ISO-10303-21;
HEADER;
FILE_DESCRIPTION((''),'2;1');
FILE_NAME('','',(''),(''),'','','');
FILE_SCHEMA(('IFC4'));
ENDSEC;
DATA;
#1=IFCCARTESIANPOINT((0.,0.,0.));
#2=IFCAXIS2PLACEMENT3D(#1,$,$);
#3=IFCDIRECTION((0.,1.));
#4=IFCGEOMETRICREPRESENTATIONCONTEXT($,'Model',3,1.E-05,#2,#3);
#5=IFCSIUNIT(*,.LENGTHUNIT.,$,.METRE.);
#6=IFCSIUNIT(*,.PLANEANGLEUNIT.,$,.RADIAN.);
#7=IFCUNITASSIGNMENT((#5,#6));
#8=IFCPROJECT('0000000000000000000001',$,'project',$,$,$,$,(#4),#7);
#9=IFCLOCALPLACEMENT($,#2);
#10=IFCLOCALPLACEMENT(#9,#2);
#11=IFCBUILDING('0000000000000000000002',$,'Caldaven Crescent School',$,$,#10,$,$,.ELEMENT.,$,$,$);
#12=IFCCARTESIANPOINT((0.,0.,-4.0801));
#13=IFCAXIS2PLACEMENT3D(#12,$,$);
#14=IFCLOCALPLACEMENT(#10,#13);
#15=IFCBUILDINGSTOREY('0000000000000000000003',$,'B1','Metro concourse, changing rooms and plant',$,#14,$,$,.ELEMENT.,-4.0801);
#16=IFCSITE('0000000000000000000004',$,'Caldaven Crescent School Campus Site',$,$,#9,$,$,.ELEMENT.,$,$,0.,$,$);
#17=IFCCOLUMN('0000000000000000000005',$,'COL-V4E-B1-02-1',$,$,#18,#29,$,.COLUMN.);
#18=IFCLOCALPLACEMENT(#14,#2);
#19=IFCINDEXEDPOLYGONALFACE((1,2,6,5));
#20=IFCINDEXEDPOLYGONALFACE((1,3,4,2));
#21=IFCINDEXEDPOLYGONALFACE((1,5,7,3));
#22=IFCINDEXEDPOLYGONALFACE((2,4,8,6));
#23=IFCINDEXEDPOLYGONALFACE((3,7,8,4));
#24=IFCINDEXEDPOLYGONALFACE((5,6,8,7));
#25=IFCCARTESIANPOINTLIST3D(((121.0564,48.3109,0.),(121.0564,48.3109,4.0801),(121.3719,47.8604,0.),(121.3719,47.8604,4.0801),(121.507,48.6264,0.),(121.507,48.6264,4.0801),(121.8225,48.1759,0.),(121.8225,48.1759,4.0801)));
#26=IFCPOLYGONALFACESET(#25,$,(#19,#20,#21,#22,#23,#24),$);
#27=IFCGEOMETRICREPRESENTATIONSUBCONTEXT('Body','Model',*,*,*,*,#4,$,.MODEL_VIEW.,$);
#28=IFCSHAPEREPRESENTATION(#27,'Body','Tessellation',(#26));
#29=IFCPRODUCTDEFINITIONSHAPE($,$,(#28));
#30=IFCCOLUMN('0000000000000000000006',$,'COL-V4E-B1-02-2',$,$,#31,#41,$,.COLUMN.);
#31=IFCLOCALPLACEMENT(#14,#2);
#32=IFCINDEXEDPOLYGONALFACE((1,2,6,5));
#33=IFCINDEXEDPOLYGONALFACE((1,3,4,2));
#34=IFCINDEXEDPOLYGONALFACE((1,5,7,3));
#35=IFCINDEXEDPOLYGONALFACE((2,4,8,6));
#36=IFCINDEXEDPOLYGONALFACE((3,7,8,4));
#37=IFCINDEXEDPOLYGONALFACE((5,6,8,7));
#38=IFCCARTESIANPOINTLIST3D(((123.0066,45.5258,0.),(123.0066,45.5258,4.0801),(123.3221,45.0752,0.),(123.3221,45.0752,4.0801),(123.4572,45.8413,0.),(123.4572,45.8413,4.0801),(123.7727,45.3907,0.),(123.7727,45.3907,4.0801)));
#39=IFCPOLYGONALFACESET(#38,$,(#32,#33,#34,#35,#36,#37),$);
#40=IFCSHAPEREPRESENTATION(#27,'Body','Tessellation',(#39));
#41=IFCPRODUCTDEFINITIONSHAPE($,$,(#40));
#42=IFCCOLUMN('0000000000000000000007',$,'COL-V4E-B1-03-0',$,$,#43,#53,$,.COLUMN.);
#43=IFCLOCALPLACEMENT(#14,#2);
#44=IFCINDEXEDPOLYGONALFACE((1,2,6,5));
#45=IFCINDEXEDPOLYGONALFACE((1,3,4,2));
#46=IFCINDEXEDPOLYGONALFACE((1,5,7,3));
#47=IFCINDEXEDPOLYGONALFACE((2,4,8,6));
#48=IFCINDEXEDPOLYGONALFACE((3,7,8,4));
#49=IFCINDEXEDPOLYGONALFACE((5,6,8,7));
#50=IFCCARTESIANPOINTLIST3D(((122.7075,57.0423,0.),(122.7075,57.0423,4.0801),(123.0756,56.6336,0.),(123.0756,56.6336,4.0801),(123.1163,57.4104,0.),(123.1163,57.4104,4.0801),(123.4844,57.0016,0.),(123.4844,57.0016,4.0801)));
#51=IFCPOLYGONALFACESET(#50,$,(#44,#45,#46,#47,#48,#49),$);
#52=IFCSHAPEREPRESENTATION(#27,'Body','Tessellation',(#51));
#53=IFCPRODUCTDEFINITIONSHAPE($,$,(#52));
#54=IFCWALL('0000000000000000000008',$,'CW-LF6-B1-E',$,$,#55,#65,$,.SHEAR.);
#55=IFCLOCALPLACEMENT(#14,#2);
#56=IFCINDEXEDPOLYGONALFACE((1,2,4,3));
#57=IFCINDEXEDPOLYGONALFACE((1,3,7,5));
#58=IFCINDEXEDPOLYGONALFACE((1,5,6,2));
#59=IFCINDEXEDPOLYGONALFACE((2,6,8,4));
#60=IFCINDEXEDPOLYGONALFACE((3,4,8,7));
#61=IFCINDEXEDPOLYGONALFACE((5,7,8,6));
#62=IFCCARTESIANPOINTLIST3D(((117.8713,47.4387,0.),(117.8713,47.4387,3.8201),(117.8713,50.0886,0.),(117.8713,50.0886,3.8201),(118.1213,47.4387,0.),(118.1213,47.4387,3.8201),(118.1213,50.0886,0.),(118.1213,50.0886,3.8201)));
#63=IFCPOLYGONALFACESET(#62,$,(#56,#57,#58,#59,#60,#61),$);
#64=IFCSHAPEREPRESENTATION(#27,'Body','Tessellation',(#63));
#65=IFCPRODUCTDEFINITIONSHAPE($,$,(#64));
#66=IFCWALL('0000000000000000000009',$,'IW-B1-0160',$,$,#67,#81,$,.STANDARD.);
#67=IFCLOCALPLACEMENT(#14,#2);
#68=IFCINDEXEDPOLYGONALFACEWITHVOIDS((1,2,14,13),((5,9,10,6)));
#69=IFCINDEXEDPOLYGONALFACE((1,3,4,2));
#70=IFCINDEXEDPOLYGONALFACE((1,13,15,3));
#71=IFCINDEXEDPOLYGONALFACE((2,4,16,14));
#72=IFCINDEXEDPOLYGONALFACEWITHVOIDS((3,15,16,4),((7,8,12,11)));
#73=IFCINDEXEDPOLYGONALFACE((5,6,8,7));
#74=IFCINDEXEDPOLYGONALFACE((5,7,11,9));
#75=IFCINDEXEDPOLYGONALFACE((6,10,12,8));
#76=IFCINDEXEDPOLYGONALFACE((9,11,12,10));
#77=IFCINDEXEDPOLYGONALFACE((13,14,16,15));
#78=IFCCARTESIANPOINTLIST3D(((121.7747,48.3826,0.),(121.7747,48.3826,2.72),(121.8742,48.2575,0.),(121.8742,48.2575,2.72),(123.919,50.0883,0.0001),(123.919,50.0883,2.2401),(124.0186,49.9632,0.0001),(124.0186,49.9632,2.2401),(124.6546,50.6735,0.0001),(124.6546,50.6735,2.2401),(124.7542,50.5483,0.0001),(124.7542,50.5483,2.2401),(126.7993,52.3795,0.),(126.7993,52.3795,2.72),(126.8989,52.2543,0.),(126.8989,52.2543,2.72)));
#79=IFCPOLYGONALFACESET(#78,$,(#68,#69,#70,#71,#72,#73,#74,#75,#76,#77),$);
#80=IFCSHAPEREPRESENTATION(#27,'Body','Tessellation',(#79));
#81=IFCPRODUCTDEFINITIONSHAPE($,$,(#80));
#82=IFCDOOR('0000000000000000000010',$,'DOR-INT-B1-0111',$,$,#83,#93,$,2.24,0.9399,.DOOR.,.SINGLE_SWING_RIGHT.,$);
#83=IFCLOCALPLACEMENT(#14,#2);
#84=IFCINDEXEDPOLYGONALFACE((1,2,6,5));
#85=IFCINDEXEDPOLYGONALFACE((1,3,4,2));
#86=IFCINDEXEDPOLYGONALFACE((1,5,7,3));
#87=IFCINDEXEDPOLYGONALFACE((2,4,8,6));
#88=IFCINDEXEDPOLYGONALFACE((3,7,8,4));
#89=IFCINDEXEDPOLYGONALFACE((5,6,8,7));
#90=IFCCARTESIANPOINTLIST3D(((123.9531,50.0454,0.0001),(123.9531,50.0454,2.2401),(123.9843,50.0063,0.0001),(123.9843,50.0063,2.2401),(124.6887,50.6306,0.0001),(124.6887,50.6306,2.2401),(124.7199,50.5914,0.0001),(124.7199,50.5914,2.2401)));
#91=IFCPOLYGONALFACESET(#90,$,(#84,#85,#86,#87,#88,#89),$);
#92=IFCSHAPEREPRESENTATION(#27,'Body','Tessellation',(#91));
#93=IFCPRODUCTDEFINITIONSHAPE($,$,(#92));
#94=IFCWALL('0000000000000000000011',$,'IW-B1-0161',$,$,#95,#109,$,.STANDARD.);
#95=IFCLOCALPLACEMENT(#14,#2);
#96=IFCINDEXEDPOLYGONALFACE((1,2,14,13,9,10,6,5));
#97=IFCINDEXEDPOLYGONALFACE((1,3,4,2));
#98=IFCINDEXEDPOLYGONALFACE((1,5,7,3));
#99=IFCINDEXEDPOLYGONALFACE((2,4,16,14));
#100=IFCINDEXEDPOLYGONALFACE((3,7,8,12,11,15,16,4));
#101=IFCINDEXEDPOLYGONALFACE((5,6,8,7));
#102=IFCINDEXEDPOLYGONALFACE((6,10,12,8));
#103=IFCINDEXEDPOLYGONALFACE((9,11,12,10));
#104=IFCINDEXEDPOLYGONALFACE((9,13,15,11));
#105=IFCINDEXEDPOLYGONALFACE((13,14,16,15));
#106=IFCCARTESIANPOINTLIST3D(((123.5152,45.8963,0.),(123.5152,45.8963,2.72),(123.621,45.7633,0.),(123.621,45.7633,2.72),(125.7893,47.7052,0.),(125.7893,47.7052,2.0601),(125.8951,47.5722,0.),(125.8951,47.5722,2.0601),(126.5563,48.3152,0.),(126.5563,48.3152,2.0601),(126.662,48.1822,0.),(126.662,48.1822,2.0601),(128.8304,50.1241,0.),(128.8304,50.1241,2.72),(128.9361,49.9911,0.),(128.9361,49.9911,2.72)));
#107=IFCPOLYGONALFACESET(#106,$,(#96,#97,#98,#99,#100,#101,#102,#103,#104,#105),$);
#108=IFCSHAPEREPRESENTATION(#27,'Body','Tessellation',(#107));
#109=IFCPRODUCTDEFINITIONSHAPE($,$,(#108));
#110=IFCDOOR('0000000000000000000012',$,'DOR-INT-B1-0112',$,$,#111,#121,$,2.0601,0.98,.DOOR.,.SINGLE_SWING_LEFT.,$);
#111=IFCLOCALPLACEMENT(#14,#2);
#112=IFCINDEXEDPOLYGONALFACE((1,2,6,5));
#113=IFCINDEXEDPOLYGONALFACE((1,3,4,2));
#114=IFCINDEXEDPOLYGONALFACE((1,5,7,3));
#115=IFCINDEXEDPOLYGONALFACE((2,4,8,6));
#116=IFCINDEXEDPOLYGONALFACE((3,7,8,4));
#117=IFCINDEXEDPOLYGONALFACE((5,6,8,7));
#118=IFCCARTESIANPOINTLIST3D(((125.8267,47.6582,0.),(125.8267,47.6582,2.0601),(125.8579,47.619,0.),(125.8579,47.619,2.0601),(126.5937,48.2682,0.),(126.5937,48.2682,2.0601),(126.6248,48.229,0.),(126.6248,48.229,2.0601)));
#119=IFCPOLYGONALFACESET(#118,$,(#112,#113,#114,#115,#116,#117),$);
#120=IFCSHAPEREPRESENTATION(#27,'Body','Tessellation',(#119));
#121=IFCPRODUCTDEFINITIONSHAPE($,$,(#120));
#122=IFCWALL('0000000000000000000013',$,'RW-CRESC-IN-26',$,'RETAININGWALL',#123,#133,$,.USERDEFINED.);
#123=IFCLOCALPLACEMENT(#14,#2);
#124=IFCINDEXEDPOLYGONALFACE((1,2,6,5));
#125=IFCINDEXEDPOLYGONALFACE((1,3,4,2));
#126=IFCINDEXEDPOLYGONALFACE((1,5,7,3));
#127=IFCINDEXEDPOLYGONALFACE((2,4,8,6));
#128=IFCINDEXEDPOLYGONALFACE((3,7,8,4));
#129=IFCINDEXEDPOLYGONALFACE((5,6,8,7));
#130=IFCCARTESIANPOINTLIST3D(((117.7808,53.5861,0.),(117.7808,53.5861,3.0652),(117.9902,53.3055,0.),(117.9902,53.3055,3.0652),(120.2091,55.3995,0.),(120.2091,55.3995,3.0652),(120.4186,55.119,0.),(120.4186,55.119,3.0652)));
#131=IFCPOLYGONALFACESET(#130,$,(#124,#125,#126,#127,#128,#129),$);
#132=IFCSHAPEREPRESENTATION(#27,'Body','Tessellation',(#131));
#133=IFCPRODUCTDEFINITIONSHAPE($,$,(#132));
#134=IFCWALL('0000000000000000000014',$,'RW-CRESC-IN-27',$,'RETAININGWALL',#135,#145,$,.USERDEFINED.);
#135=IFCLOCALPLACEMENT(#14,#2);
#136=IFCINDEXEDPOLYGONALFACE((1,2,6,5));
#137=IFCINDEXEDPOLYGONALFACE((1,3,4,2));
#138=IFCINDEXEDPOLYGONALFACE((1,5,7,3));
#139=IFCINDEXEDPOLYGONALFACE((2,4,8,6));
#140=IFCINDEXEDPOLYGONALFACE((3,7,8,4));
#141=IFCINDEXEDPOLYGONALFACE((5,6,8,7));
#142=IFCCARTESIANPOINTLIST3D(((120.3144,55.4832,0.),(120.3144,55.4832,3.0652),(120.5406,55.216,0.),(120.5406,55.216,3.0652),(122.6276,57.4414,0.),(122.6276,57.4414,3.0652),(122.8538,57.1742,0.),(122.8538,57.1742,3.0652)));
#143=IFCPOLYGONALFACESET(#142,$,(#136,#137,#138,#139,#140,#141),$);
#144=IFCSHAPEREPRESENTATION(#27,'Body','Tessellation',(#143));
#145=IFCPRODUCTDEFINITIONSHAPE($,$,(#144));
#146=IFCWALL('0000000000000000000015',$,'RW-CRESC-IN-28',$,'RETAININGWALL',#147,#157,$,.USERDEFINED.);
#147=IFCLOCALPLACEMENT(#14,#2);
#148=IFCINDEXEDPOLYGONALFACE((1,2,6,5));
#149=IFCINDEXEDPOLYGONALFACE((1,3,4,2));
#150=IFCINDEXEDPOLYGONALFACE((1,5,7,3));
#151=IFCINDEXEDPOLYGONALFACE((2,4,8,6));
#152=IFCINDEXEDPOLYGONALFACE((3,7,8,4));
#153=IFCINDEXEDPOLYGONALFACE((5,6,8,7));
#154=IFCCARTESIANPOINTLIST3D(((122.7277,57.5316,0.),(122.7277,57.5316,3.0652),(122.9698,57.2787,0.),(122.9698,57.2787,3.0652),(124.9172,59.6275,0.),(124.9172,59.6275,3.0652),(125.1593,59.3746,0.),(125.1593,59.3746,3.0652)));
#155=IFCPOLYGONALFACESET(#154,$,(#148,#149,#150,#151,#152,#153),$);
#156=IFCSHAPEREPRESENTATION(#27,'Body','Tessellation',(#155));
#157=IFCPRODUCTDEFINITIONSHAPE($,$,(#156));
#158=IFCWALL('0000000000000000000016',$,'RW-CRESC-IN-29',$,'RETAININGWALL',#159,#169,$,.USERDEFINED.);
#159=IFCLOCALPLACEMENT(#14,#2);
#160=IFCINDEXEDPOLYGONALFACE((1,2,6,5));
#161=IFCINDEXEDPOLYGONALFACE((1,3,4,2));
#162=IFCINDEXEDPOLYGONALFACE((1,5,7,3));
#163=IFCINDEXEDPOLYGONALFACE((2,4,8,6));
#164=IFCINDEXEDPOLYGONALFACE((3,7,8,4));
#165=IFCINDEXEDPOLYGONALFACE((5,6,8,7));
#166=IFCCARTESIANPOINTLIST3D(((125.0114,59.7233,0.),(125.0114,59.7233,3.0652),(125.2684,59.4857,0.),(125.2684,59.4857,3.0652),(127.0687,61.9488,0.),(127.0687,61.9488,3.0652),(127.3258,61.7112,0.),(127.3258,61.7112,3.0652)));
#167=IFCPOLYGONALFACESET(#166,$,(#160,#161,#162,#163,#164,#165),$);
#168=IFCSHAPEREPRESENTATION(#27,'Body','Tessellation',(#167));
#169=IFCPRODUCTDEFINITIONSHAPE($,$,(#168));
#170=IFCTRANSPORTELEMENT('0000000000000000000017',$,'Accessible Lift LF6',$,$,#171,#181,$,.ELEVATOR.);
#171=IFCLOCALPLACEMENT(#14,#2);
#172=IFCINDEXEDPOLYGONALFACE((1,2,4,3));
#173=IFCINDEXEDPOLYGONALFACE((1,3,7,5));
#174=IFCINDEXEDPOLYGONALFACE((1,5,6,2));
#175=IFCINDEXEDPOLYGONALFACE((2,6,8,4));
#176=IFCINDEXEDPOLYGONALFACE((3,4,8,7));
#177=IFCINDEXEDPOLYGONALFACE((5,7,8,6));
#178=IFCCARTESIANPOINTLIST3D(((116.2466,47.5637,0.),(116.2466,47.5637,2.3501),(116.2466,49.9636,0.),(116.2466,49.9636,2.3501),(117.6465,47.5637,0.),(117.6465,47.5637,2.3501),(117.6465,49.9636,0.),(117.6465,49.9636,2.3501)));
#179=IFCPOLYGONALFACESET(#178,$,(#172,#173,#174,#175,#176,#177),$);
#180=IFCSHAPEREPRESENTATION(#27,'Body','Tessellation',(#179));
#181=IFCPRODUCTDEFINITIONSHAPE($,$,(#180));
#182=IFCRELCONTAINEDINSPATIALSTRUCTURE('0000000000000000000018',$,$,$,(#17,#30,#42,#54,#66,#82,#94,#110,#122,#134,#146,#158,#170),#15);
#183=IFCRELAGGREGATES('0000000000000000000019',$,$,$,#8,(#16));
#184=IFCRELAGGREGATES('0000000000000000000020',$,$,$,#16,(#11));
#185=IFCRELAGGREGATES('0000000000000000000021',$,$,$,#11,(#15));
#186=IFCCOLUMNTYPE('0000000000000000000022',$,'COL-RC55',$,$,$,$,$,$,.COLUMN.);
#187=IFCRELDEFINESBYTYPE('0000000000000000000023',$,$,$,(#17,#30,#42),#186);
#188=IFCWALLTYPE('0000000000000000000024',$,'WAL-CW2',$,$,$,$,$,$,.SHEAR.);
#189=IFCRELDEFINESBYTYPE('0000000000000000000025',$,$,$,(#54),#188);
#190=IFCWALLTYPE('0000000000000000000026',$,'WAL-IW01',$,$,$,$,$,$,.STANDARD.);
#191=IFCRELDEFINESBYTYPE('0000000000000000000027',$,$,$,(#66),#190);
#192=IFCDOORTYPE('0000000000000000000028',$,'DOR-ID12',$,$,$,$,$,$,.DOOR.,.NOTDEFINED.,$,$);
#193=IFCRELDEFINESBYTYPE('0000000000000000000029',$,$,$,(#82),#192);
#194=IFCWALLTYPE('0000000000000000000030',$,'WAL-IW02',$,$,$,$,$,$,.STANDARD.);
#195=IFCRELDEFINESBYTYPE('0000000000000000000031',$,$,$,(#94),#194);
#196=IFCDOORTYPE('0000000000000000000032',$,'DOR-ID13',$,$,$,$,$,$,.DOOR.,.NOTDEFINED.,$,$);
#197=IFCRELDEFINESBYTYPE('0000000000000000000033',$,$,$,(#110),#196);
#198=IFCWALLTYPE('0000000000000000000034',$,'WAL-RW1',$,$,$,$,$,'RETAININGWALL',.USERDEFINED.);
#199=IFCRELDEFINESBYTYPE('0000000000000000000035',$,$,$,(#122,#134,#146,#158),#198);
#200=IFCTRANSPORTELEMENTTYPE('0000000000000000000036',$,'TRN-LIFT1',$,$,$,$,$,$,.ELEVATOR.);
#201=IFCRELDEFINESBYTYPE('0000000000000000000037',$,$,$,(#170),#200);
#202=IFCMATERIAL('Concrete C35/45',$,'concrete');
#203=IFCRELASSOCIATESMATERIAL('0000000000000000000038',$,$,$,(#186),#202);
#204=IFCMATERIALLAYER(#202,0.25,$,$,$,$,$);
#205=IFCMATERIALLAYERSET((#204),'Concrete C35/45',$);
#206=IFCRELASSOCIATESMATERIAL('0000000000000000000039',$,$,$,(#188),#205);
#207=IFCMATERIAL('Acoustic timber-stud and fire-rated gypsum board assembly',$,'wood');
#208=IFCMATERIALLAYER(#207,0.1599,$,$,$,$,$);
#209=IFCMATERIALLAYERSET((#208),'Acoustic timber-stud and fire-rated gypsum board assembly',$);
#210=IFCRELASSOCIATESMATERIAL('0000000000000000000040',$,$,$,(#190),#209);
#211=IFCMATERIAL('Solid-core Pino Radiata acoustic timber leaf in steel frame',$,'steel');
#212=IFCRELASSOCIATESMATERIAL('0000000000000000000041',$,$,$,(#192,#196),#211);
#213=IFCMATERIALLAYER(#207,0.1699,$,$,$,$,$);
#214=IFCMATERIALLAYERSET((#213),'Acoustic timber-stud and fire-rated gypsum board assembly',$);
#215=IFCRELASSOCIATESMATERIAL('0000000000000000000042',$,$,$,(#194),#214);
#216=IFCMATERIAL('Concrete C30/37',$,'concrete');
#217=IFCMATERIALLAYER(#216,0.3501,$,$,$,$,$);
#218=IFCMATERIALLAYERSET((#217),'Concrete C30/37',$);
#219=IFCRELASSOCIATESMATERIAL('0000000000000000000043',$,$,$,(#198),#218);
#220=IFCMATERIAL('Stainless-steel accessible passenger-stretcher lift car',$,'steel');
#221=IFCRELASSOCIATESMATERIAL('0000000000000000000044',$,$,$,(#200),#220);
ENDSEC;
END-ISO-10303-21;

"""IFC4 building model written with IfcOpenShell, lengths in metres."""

from ifc_helpers import new_model, si_unit, direction, frame, frame_2d, origin, origin_2d, place, context, subcontext, project, spatial, rectangle, extrude, material, layer, layer_set, material_profile, profile_set, type_object, element, fill, save


model = new_model("IFC4")

# Units and contexts
model_context = context("Model", 3, precision=1e-05, world=origin(), true_north=direction((0.0, 1.0)))
body_context = subcontext(model_context, "Body", "Model", "MODEL_VIEW")
ifc_project = project(units=[si_unit("LENGTHUNIT", "METRE"), si_unit("PLANEANGLEUNIT", "RADIAN")], contexts=[model_context])

# Site, building, storey
site_placement = place(None, origin())
site = spatial("IfcSite", under=ifc_project, at=site_placement, Name="Caldaven Crescent School Campus Site", CompositionType="ELEMENT", RefElevation=0.0)
building_placement = place(site_placement, origin())
building = spatial("IfcBuilding", under=site, at=building_placement, Name="Caldaven Crescent School", CompositionType="ELEMENT")
storey_placement = place(building_placement, frame((0.0, 0.0, -4.0801)))
storey = spatial("IfcBuildingStorey", under=building, at=storey_placement, Name="B1", Description="Metro concourse, changing rooms and plant", CompositionType="ELEMENT", Elevation=-4.0801)

# Shared definitions
ifc_material_1 = material(Name="Concrete C30/37", Category="concrete")
ifc_material_2 = material(Name="Concrete C35/45", Category="concrete")

# Columns
ifc_material_profile_1 = material_profile(ifc_material_2, rectangle(XDim=0.55, YDim=0.55, at=origin_2d()), Name="RC 550x550")
ifc_profile_set_1 = profile_set([ifc_material_profile_1], Name="Concrete C35/45")
column_type = type_object("IfcColumnType", Name="COL-RC55", PredefinedType="COLUMN", material=ifc_profile_set_1)
for number, where, z_axis, x_axis, name in (
    (1, (121.4395, 48.2434, 0.0), (0.0, 0.0, 1.0), (0.573576, -0.819152, 0.0), "COL-V4E-B1-02-1"),
    (2, (123.3896, 45.4583, 0.0), (0.0, 0.0, 1.0), (0.573576, -0.819152, 0.0), "COL-V4E-B1-02-2"),
    (3, (123.0959, 57.022, 0.0), (0.0, 0.0, 1.0), (0.669131, -0.743145, 0.0), "COL-V4E-B1-03-0"),
):
    element("IfcColumn", number, at=place(storey_placement, frame(where, z_axis=z_axis, x_axis=x_axis)), inside=storey, type_object=column_type, Name=name, PredefinedType="COLUMN", context=body_context, shape_type="SweptSolid", body=[
        extrude(rectangle(XDim=0.55, YDim=0.55, at=origin_2d()), origin(), (0.0, 0.0, 1.0), 4.0801),
    ])

# Wall
ifc_layer_1 = layer(ifc_material_2, 0.25)
ifc_layer_set_1 = layer_set([ifc_layer_1], Name="Concrete C35/45")
wall_type_1 = type_object("IfcWallType", Name="WAL-CW2", PredefinedType="SHEAR", material=ifc_layer_set_1)
wall_1_placement = place(storey_placement, frame((117.9963, 47.4387, 0.0), z_axis=(0.0, 0.0, 1.0), x_axis=(0.0, 1.0, 0.0)))
element("IfcWall", 4, at=wall_1_placement, inside=storey, type_object=wall_type_1, Name="CW-LF6-B1-E", PredefinedType="SHEAR", context=body_context, shape_type="SweptSolid", body=[
    extrude(rectangle(XDim=2.6499, YDim=0.25, at=frame_2d((1.325, 0.0))), origin(), (0.0, 0.0, 1.0), 3.8201),
])

# Walls, openings, doors
ifc_material_3 = material(Name="Acoustic timber-stud and fire-rated gypsum board assembly", Category="wood")
ifc_layer_2 = layer(ifc_material_3, 0.1599)
ifc_layer_set_2 = layer_set([ifc_layer_2], Name="Acoustic timber-stud and fire-rated gypsum board assembly")
wall_type_2 = type_object("IfcWallType", Name="WAL-IW01", PredefinedType="STANDARD", material=ifc_layer_set_2)
wall_2_placement = place(storey_placement, frame((121.8245, 48.3201, 0.0), z_axis=(0.0, 0.0, 1.0), x_axis=(0.782606, 0.622518, 0.0)))
wall_2 = element("IfcWall", 5, at=wall_2_placement, inside=storey, type_object=wall_type_2, Name="IW-B1-0160", PredefinedType="STANDARD", context=body_context, shape_type="SweptSolid", body=[
    extrude(rectangle(XDim=6.4204, YDim=0.1599, at=frame_2d((3.2102, 0.0))), origin(), (0.0, 0.0, 1.0), 2.72),
])
opening_1_placement = place(wall_2_placement, frame((2.74, 0.0, 0.0)))
opening_1 = element("IfcOpeningElement", 6, at=opening_1_placement, cuts=wall_2, PredefinedType="OPENING", context=body_context, shape_type="SweptSolid", body=[
    extrude(rectangle(XDim=0.9399, YDim=2.24, at=frame_2d((0.47, 1.1201))), frame((0.0, 0.0898, 0.0), z_axis=(0.0, -1.0, 0.0), x_axis=(1.0, 0.0, 0.0)), (0.0, 0.0, 1.0), 0.1799),
])
ifc_material_4 = material(Name="Solid-core Pino Radiata acoustic timber leaf in steel frame", Category="steel")
door_type_1 = type_object("IfcDoorType", Name="DOR-ID12", OperationType="NOTDEFINED", PredefinedType="DOOR", material=ifc_material_4)
door_1_placement = place(opening_1_placement, frame((0.9399, 0.0, 0.0), z_axis=(0.0, 0.0, 1.0), x_axis=(-1.0, 0.0, 0.0)))
door_1 = element("IfcDoor", 7, at=door_1_placement, inside=storey, type_object=door_type_1, Name="DOR-INT-B1-0111", OperationType="SINGLE_SWING_RIGHT", OverallHeight=2.24, OverallWidth=0.9399, PredefinedType="DOOR", context=body_context, shape_type="SweptSolid", body=[
    extrude(rectangle(XDim=0.9399, YDim=2.24, at=frame_2d((0.47, 1.1201))), frame((0.0, 0.0249, 0.0), z_axis=(0.0, -1.0, 0.0), x_axis=(1.0, 0.0, 0.0)), (0.0, 0.0, 1.0), 0.05),
])
fill(opening_1, door_1)
ifc_layer_3 = layer(ifc_material_3, 0.1699)
ifc_layer_set_3 = layer_set([ifc_layer_3], Name="Acoustic timber-stud and fire-rated gypsum board assembly")
wall_type_3 = type_object("IfcWallType", Name="WAL-IW02", PredefinedType="STANDARD", material=ifc_layer_set_3)
wall_3_placement = place(storey_placement, frame((123.5681, 45.8298, 0.0), z_axis=(0.0, 0.0, 1.0), x_axis=(0.782616, 0.622505, 0.0)))
wall_3 = element("IfcWall", 8, at=wall_3_placement, inside=storey, type_object=wall_type_3, Name="IW-B1-0161", PredefinedType="STANDARD", context=body_context, shape_type="SweptSolid", body=[
    extrude(rectangle(XDim=6.7915, YDim=0.1699, at=frame_2d((3.3958, 0.0))), origin(), (0.0, 0.0, 1.0), 2.72),
])
opening_2_placement = place(wall_3_placement, frame((2.9058, 0.0, 0.0)))
opening_2 = element("IfcOpeningElement", 9, at=opening_2_placement, cuts=wall_3, PredefinedType="OPENING", context=body_context, shape_type="SweptSolid", body=[
    extrude(rectangle(XDim=0.98, YDim=2.0601, at=frame_2d((0.49, 1.03))), frame((0.0, 0.095, 0.0), z_axis=(0.0, -1.0, 0.0), x_axis=(1.0, 0.0, 0.0)), (0.0, 0.0, 1.0), 0.1899),
])
door_type_2 = type_object("IfcDoorType", Name="DOR-ID13", OperationType="NOTDEFINED", PredefinedType="DOOR", material=ifc_material_4)
door_2_placement = place(opening_2_placement, origin())
door_2 = element("IfcDoor", 10, at=door_2_placement, inside=storey, type_object=door_type_2, Name="DOR-INT-B1-0112", OperationType="SINGLE_SWING_LEFT", OverallHeight=2.0601, OverallWidth=0.98, PredefinedType="DOOR", context=body_context, shape_type="SweptSolid", body=[
    extrude(rectangle(XDim=0.98, YDim=2.0601, at=frame_2d((0.49, 1.03))), frame((0.0, 0.0249, 0.0), z_axis=(0.0, -1.0, 0.0), x_axis=(1.0, 0.0, 0.0)), (0.0, 0.0, 1.0), 0.05),
])
fill(opening_2, door_2)

# Walls
ifc_layer_4 = layer(ifc_material_1, 0.3501)
ifc_layer_set_4 = layer_set([ifc_layer_4], Name="Concrete C30/37")
wall_type_4 = type_object("IfcWallType", Name="WAL-RW1", ElementType="RETAININGWALL", PredefinedType="USERDEFINED", material=ifc_layer_set_4)
for number, where, z_axis, x_axis, name in (
    (11, (117.8855, 53.4458, 0.0), (0.0, 0.0, 1.0), (0.801245, 0.598336, 0.0), "RW-CRESC-IN-26"),
    (12, (120.4275, 55.3496, 0.0), (0.0, 0.0, 1.0), (0.76324, 0.646116, 0.0), "RW-CRESC-IN-27"),
):
    element("IfcWall", number, at=place(storey_placement, frame(where, z_axis=z_axis, x_axis=x_axis)), inside=storey, type_object=wall_type_4, Name=name, ObjectType="RETAININGWALL", PredefinedType="USERDEFINED", context=body_context, shape_type="SweptSolid", body=[
        extrude(rectangle(XDim=3.0308, YDim=0.3501, at=frame_2d((1.5154, 0.0))), origin(), (0.0, 0.0, 1.0), 3.0652),
    ])
wall_4_placement = place(storey_placement, frame((122.8486, 57.405, 0.0), z_axis=(0.0, 0.0, 1.0), x_axis=(0.722364, 0.691513, 0.0)))
element("IfcWall", 13, at=wall_4_placement, inside=storey, type_object=wall_type_4, Name="RW-CRESC-IN-28", ObjectType="RETAININGWALL", PredefinedType="USERDEFINED", context=body_context, shape_type="SweptSolid", body=[
    extrude(rectangle(XDim=3.031, YDim=0.3501, at=frame_2d((1.5156, 0.0))), origin(), (0.0, 0.0, 1.0), 3.0652),
])
wall_5_placement = place(storey_placement, frame((125.1399, 59.6045, 0.0), z_axis=(0.0, 0.0, 1.0), x_axis=(0.678812, 0.734312, 0.0)))
element("IfcWall", 14, at=wall_5_placement, inside=storey, type_object=wall_type_4, Name="RW-CRESC-IN-29", ObjectType="RETAININGWALL", PredefinedType="USERDEFINED", context=body_context, shape_type="SweptSolid", body=[
    extrude(rectangle(XDim=3.0308, YDim=0.3501, at=frame_2d((1.5154, 0.0))), origin(), (0.0, 0.0, 1.0), 3.0652),
])

# Transport element
ifc_material_5 = material(Name="Stainless-steel accessible passenger-stretcher lift car", Category="steel")
transport_element_type = type_object("IfcTransportElementType", Name="TRN-LIFT1", PredefinedType="ELEVATOR", material=ifc_material_5)
transport_element_placement = place(storey_placement, frame((116.9465, 48.7637, 0.0), z_axis=(0.0, 0.0, 1.0), x_axis=(1.0, 0.0, 0.0)))
element("IfcTransportElement", 15, at=transport_element_placement, inside=storey, type_object=transport_element_type, Name="Accessible Lift LF6", PredefinedType="ELEVATOR", context=body_context, shape_type="SweptSolid", body=[
    extrude(rectangle(XDim=1.3999, YDim=2.3999, at=origin_2d()), origin(), (0.0, 0.0, 1.0), 2.3501),
])

save(model, "model.ifc")
